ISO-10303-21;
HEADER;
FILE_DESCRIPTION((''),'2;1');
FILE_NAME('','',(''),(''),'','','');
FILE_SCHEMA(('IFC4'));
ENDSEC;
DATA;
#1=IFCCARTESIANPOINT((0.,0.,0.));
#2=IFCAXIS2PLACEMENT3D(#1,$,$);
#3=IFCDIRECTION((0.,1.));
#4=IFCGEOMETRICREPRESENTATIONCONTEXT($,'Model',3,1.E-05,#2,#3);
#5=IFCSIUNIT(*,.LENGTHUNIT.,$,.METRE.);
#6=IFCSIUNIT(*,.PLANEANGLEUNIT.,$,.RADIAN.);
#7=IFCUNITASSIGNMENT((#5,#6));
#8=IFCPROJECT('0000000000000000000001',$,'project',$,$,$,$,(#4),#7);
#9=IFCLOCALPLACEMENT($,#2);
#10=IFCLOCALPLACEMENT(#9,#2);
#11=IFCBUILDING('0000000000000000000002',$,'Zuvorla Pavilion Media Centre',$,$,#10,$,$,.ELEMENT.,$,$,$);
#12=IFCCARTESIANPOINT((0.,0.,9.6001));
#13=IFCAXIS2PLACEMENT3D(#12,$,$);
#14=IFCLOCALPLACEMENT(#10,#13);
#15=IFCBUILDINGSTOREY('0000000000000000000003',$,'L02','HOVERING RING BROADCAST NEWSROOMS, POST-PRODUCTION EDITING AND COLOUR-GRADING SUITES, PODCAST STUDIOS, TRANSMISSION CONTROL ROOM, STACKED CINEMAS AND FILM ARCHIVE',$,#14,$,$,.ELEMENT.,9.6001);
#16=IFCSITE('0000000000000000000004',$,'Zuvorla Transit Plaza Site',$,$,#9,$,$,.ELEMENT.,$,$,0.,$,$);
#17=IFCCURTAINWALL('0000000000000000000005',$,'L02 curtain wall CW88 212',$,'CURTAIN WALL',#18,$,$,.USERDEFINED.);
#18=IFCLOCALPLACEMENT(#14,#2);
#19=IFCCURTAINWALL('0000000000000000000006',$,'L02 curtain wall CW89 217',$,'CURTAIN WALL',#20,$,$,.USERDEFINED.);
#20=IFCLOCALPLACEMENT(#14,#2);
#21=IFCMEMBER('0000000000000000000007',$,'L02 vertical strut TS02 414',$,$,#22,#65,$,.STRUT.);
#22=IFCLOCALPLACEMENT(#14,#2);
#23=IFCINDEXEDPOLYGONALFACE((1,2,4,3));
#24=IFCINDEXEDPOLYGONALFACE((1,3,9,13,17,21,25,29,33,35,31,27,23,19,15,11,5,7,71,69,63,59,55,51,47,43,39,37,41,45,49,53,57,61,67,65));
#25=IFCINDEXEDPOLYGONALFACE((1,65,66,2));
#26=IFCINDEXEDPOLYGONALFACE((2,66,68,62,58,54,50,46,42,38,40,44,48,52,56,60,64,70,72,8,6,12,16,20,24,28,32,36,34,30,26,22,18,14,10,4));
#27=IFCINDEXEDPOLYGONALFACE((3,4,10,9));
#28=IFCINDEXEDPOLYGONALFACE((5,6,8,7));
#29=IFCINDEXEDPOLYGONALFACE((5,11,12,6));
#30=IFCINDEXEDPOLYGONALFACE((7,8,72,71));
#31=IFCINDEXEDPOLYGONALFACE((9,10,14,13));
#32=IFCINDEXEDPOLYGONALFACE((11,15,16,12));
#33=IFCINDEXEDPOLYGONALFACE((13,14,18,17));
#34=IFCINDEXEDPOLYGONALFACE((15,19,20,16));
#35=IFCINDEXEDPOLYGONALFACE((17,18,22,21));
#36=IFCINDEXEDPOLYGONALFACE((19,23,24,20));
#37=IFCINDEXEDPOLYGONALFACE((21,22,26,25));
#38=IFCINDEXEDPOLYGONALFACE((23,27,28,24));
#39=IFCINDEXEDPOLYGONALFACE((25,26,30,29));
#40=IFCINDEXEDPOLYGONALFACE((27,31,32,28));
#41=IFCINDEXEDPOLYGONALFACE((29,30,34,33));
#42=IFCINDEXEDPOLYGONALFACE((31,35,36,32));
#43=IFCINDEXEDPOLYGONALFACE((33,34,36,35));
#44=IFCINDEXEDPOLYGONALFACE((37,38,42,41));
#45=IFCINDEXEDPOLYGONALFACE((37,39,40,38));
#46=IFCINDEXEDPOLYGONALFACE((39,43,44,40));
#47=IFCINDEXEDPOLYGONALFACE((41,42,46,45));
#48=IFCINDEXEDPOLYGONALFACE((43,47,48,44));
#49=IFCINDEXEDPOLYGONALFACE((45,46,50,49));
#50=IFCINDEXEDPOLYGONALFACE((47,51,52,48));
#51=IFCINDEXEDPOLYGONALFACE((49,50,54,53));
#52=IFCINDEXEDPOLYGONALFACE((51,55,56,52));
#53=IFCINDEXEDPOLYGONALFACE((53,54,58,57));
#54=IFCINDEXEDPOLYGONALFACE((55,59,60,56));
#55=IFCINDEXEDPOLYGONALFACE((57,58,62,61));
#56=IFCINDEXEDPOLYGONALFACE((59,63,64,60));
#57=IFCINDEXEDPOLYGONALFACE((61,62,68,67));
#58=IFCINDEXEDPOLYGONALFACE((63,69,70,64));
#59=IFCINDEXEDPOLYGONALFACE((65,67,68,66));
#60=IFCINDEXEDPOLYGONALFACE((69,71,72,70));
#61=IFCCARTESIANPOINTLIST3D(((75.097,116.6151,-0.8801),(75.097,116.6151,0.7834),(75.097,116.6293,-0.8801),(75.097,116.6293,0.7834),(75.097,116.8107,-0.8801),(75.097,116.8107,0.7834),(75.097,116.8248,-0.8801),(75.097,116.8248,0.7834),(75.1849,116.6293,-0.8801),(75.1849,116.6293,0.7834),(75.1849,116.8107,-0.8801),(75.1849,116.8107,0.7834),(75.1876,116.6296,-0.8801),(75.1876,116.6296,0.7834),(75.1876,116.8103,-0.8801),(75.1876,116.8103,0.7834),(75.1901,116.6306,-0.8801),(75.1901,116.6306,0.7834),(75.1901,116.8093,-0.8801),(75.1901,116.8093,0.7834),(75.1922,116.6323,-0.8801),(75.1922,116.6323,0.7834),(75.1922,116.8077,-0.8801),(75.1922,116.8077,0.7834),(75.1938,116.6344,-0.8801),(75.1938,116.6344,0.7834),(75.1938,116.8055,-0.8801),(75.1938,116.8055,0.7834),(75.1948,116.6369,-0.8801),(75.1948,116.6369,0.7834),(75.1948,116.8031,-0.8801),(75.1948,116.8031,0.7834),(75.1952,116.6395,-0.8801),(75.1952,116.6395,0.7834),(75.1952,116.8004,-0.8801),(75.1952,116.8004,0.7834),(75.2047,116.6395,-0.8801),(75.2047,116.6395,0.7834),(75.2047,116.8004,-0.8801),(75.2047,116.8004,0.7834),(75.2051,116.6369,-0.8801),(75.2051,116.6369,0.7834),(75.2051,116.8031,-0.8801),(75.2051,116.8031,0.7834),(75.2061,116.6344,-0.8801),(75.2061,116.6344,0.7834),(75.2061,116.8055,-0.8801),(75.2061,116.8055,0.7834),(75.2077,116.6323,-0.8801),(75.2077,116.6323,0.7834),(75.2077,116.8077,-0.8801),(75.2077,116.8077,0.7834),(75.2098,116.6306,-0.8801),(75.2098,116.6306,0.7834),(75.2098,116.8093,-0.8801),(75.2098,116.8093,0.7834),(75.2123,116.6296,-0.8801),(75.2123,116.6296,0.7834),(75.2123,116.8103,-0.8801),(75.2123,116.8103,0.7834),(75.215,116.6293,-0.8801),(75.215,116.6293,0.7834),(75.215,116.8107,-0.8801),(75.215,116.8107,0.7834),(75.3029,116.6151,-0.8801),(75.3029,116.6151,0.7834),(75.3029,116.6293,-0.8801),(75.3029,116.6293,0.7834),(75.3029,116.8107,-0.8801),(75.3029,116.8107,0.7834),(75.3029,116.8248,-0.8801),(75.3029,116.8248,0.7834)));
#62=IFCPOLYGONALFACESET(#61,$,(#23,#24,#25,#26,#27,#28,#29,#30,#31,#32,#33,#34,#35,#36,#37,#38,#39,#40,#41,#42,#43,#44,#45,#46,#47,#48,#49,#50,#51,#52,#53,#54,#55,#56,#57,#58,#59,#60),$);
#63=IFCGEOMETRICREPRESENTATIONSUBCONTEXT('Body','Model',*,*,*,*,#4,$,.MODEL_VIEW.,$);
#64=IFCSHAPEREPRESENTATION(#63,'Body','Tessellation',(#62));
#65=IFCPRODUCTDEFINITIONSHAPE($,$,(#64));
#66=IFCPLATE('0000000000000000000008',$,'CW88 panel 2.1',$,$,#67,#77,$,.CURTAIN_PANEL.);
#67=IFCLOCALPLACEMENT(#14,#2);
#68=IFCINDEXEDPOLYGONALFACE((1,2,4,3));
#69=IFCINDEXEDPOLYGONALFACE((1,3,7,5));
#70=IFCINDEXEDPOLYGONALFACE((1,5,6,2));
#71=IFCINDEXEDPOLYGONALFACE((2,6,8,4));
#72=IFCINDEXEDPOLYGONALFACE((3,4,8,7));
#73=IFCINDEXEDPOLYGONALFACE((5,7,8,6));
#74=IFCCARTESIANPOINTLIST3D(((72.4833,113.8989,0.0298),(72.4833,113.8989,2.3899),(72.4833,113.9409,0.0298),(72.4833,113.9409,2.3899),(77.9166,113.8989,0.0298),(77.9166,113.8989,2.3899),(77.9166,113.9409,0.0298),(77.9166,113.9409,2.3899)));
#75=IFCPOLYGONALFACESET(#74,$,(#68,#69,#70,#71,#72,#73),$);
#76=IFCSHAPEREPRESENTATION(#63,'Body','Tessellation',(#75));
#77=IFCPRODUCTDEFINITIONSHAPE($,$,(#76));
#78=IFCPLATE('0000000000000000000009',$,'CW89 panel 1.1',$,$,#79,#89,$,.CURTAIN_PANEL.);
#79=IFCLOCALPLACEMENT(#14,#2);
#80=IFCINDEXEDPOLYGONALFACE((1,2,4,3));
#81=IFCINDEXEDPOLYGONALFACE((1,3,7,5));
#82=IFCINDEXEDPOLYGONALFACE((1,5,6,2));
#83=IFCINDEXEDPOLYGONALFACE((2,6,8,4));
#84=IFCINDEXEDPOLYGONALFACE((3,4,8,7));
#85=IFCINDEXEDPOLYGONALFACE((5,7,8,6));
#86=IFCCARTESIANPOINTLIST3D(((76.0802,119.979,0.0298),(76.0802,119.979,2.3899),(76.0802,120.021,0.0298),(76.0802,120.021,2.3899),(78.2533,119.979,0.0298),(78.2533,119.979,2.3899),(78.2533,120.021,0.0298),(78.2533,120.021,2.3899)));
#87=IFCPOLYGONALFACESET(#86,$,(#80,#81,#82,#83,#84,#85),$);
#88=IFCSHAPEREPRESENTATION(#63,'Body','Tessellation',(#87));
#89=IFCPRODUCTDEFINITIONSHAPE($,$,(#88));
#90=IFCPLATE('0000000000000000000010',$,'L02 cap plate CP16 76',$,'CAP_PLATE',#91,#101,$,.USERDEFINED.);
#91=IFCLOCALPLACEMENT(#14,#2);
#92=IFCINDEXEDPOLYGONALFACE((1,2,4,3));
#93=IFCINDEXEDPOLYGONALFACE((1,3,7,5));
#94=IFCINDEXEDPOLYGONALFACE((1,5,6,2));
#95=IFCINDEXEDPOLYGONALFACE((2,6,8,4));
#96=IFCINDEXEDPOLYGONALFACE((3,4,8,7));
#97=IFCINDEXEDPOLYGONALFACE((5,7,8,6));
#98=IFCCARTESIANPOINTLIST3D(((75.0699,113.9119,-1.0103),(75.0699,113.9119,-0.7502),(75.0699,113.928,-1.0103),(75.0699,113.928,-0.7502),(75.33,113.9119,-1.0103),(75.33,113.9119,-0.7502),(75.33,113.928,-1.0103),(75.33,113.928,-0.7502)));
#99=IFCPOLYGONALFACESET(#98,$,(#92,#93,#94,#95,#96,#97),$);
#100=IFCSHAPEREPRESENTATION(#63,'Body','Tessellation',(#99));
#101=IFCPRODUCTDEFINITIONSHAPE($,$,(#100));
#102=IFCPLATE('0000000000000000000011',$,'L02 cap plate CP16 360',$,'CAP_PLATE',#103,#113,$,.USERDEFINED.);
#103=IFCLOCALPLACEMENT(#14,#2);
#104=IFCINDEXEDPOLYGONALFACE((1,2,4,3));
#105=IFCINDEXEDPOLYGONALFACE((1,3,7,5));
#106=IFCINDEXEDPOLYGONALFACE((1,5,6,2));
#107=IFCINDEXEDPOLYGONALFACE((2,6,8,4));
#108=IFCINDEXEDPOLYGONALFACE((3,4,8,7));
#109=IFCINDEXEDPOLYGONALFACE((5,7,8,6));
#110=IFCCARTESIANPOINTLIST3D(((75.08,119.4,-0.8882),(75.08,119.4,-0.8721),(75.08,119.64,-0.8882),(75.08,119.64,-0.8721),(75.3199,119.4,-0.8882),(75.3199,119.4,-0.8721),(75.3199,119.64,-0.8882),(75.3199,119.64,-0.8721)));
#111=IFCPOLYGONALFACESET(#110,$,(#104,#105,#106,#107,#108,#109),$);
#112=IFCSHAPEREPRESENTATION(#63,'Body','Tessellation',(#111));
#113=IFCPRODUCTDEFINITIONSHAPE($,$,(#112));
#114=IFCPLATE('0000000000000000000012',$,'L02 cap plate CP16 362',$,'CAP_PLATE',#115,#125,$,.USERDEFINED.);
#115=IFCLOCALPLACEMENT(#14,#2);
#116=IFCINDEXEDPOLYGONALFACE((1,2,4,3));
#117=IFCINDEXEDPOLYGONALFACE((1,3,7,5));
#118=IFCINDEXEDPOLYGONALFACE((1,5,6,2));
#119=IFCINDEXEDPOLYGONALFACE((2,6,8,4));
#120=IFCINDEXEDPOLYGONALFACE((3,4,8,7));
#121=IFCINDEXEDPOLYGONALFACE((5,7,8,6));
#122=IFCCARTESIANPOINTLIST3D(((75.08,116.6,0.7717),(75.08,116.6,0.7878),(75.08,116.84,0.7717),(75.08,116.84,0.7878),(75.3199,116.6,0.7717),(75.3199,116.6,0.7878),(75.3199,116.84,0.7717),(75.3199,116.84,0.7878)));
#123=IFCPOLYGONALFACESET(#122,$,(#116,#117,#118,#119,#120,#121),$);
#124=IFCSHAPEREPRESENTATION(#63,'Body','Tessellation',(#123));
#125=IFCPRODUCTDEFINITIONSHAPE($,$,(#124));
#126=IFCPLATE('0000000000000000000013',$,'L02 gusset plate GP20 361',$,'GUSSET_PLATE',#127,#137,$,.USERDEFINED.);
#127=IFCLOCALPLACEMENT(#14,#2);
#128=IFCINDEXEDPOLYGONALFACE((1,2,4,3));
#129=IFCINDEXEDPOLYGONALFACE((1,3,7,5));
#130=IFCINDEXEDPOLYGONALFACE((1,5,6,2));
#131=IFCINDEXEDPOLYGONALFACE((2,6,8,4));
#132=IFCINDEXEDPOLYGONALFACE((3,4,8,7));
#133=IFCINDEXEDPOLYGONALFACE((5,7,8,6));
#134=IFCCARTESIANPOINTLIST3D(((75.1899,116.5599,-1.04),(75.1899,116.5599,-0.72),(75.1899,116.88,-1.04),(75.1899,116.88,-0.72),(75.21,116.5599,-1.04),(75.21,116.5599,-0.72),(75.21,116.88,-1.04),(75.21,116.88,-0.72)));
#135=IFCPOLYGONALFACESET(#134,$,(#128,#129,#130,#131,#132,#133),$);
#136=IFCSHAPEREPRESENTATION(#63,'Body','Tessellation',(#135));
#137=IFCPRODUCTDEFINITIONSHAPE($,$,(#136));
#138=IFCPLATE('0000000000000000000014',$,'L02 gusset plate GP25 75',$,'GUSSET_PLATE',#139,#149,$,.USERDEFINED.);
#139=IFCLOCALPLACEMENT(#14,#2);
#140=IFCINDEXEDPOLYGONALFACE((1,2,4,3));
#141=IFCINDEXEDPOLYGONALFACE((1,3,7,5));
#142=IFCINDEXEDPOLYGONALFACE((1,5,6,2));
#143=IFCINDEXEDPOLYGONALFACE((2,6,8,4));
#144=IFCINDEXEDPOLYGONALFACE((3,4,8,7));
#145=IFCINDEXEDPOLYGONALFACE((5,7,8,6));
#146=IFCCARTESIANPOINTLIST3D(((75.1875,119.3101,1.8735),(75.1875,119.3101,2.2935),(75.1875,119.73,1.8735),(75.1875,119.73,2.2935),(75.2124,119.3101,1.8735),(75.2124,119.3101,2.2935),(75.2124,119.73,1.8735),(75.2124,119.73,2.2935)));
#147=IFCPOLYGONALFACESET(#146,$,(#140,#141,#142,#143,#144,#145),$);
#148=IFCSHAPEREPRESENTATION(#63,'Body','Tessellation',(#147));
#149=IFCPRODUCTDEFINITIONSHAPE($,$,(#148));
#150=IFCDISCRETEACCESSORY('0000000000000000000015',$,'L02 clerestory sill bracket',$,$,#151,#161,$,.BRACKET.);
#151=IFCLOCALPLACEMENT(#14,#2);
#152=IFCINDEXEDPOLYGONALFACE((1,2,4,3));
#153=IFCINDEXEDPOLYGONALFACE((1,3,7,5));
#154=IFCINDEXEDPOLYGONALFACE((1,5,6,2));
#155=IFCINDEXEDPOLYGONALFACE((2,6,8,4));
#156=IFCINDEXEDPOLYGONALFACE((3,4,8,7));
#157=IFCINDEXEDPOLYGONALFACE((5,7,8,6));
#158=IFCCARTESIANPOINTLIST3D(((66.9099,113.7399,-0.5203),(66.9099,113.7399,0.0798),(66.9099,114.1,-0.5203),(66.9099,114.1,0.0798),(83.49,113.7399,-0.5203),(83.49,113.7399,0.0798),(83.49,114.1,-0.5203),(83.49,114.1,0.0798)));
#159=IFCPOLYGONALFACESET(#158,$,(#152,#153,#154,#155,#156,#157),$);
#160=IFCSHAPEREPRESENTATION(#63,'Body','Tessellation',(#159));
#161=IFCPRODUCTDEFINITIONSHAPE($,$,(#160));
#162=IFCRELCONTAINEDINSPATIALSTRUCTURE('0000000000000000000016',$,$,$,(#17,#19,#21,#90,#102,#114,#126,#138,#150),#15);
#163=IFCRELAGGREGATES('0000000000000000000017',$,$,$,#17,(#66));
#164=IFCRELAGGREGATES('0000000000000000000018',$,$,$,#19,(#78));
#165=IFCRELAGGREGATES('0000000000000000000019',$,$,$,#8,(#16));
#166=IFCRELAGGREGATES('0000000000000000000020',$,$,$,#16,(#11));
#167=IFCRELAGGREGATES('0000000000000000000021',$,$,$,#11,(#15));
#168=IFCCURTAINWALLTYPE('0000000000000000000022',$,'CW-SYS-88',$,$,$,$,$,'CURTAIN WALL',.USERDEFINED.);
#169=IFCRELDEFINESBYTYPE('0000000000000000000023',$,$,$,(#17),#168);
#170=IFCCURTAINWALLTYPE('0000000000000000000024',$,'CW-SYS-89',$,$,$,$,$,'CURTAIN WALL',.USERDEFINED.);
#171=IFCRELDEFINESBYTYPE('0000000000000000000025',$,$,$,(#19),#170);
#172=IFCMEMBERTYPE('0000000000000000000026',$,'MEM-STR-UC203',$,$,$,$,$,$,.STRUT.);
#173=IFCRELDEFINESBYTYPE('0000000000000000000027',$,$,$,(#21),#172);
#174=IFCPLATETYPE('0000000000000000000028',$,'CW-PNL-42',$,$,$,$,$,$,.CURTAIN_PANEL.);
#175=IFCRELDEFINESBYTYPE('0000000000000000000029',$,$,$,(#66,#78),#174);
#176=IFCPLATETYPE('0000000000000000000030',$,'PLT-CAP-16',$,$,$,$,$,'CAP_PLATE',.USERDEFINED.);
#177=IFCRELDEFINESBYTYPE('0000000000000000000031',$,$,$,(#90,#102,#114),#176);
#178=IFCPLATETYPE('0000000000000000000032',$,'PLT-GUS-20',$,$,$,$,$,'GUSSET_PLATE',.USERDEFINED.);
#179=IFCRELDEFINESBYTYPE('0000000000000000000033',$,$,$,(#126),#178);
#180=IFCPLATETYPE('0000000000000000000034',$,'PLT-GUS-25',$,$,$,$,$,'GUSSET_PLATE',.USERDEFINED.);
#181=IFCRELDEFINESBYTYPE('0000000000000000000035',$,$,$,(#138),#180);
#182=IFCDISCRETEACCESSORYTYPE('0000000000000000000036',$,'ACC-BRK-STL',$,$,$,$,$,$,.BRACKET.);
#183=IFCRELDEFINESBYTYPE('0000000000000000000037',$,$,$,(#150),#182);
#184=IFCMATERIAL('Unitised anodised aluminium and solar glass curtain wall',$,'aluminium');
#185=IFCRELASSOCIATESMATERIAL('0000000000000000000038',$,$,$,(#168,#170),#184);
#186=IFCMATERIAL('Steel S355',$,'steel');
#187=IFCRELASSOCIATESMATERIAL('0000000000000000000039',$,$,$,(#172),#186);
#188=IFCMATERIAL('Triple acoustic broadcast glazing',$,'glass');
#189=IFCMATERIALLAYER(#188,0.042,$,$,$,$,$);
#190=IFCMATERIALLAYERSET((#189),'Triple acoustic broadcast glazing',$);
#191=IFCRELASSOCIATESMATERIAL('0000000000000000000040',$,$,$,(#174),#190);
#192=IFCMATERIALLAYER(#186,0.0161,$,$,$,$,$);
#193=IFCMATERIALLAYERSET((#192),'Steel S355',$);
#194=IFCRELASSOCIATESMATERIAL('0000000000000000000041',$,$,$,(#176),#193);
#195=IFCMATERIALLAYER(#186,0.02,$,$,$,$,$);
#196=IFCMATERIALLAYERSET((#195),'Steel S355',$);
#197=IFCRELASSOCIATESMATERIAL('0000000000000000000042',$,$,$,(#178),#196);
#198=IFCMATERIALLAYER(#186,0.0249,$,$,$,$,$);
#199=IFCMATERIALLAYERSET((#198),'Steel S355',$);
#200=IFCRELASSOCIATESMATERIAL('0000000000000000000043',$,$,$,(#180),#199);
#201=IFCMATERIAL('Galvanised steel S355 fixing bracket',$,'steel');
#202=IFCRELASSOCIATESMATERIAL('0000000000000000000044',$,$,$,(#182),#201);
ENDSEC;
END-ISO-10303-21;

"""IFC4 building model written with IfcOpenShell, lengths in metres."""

from ifc_helpers import new_model, si_unit, direction, frame, origin, origin_2d, place, context, subcontext, project, spatial, rectangle, i_section, extrude, material, layer, layer_set, material_profile, profile_set, type_object, element, aggregate, save


model = new_model("IFC4")

# Units and contexts
model_context = context("Model", 3, precision=1e-05, world=origin(), true_north=direction((0.0, 1.0)))
body_context = subcontext(model_context, "Body", "Model", "MODEL_VIEW")
ifc_project = project(units=[si_unit("LENGTHUNIT", "METRE"), si_unit("PLANEANGLEUNIT", "RADIAN")], contexts=[model_context])

# Site, building, storey
site_placement = place(None, origin())
site = spatial("IfcSite", under=ifc_project, at=site_placement, Name="Zuvorla Transit Plaza Site", CompositionType="ELEMENT", RefElevation=0.0)
building_placement = place(site_placement, origin())
building = spatial("IfcBuilding", under=site, at=building_placement, Name="Zuvorla Pavilion Media Centre", CompositionType="ELEMENT")
storey_placement = place(building_placement, frame((0.0, 0.0, 9.6001)))
storey = spatial("IfcBuildingStorey", under=building, at=storey_placement, Name="L02", Description="HOVERING RING BROADCAST NEWSROOMS, POST-PRODUCTION EDITING AND COLOUR-GRADING SUITES, PODCAST STUDIOS, TRANSMISSION CONTROL ROOM, STACKED CINEMAS AND FILM ARCHIVE", CompositionType="ELEMENT", Elevation=9.6001)

# Shared definitions
ifc_material_1 = material(Name="Steel S355", Category="steel")

# Curtain walls
ifc_material_2 = material(Name="Unitised anodised aluminium and solar glass curtain wall", Category="aluminium")
curtain_wall_type_1 = type_object("IfcCurtainWallType", Name="CW-SYS-88", ElementType="CURTAIN WALL", PredefinedType="USERDEFINED", material=ifc_material_2)
curtain_wall_1_placement = place(storey_placement, origin())
curtain_wall_1 = element("IfcCurtainWall", 1, at=curtain_wall_1_placement, inside=storey, type_object=curtain_wall_type_1, Name="L02 curtain wall CW88 212", ObjectType="CURTAIN WALL", PredefinedType="USERDEFINED")
curtain_wall_type_2 = type_object("IfcCurtainWallType", Name="CW-SYS-89", ElementType="CURTAIN WALL", PredefinedType="USERDEFINED", material=ifc_material_2)
curtain_wall_2_placement = place(storey_placement, origin())
curtain_wall_2 = element("IfcCurtainWall", 2, at=curtain_wall_2_placement, inside=storey, type_object=curtain_wall_type_2, Name="L02 curtain wall CW89 217", ObjectType="CURTAIN WALL", PredefinedType="USERDEFINED")

# Member
ifc_material_profile_1 = material_profile(ifc_material_1, i_section(OverallWidth=0.2058, OverallDepth=0.2097, WebThickness=0.0095, FlangeThickness=0.0142, FilletRadius=0.0103, at=origin_2d()), Name="UC 203x203x60")
ifc_profile_set_1 = profile_set([ifc_material_profile_1], Name="Steel S355")
member_type_1 = type_object("IfcMemberType", Name="MEM-STR-UC203", PredefinedType="STRUT", material=ifc_profile_set_1)
member_1_placement = place(storey_placement, frame((75.2, 116.72, -0.8801), z_axis=(0.0, 0.0, 1.0), x_axis=(1.0, 0.0, 0.0)))
element("IfcMember", 3, at=member_1_placement, inside=storey, type_object=member_type_1, Name="L02 vertical strut TS02 414", PredefinedType="STRUT", context=body_context, shape_type="SweptSolid", body=[
    extrude(i_section(OverallWidth=0.2058, OverallDepth=0.2097, WebThickness=0.0095, FlangeThickness=0.0142, FilletRadius=0.0103, at=origin_2d()), origin(), (0.0, 0.0, 1.0), 1.6636),
])

# Plates
ifc_material_3 = material(Name="Triple acoustic broadcast glazing", Category="glass")
ifc_layer_1 = layer(ifc_material_3, 0.042)
ifc_layer_set_1 = layer_set([ifc_layer_1], Name="Triple acoustic broadcast glazing")
plate_type_1 = type_object("IfcPlateType", Name="CW-PNL-42", PredefinedType="CURTAIN_PANEL", material=ifc_layer_set_1)
plate_1_placement = place(storey_placement, frame((75.2, 113.9199, 0.0298), z_axis=(0.0, 0.0, 1.0), x_axis=(1.0, 0.0, 0.0)))
plate_1 = element("IfcPlate", 4, at=plate_1_placement, type_object=plate_type_1, Name="CW88 panel 2.1", PredefinedType="CURTAIN_PANEL", context=body_context, shape_type="SweptSolid", body=[
    extrude(rectangle(XDim=5.4333, YDim=0.042, at=origin_2d()), origin(), (0.0, 0.0, 1.0), 2.3601),
])
aggregate(curtain_wall_1, [plate_1])
plate_2_placement = place(storey_placement, frame((77.1667, 120.0, 0.0298), z_axis=(0.0, 0.0, 1.0), x_axis=(1.0, 0.0, 0.0)))
plate_2 = element("IfcPlate", 5, at=plate_2_placement, type_object=plate_type_1, Name="CW89 panel 1.1", PredefinedType="CURTAIN_PANEL", context=body_context, shape_type="SweptSolid", body=[
    extrude(rectangle(XDim=2.1731, YDim=0.042, at=origin_2d()), origin(), (0.0, 0.0, 1.0), 2.3601),
])
aggregate(curtain_wall_2, [plate_2])

# Plates
ifc_layer_2 = layer(ifc_material_1, 0.0161)
ifc_layer_set_2 = layer_set([ifc_layer_2], Name="Steel S355")
plate_type_2 = type_object("IfcPlateType", Name="PLT-CAP-16", ElementType="CAP_PLATE", PredefinedType="USERDEFINED", material=ifc_layer_set_2)
plate_3_placement = place(storey_placement, frame((75.2, 113.9199, -1.0103), z_axis=(0.0, 0.0, 1.0), x_axis=(1.0, 0.0, 0.0)))
element("IfcPlate", 6, at=plate_3_placement, inside=storey, type_object=plate_type_2, Name="L02 cap plate CP16 76", ObjectType="CAP_PLATE", PredefinedType="USERDEFINED", context=body_context, shape_type="SweptSolid", body=[
    extrude(rectangle(XDim=0.26, YDim=0.0161, at=origin_2d()), origin(), (0.0, 0.0, 1.0), 0.26),
])
for number, where, z_axis, x_axis, name in (
    (7, (75.2, 119.52, -0.8882), (0.0, 0.0, 1.0), (1.0, 0.0, 0.0), "L02 cap plate CP16 360"),
    (8, (75.2, 116.72, 0.7717), (0.0, 0.0, 1.0), (1.0, 0.0, 0.0), "L02 cap plate CP16 362"),
):
    element("IfcPlate", number, at=place(storey_placement, frame(where, z_axis=z_axis, x_axis=x_axis)), inside=storey, type_object=plate_type_2, Name=name, ObjectType="CAP_PLATE", PredefinedType="USERDEFINED", context=body_context, shape_type="SweptSolid", body=[
        extrude(rectangle(XDim=0.24, YDim=0.24, at=origin_2d()), origin(), (0.0, 0.0, 1.0), 0.0161),
    ])
ifc_layer_3 = layer(ifc_material_1, 0.02)
ifc_layer_set_3 = layer_set([ifc_layer_3], Name="Steel S355")
plate_type_3 = type_object("IfcPlateType", Name="PLT-GUS-20", ElementType="GUSSET_PLATE", PredefinedType="USERDEFINED", material=ifc_layer_set_3)
plate_4_placement = place(storey_placement, frame((75.2, 116.72, -1.04), z_axis=(0.0, 0.0, 1.0), x_axis=(1.0, 0.0, 0.0)))
element("IfcPlate", 9, at=plate_4_placement, inside=storey, type_object=plate_type_3, Name="L02 gusset plate GP20 361", ObjectType="GUSSET_PLATE", PredefinedType="USERDEFINED", context=body_context, shape_type="SweptSolid", body=[
    extrude(rectangle(XDim=0.02, YDim=0.3201, at=origin_2d()), origin(), (0.0, 0.0, 1.0), 0.3201),
])
ifc_layer_4 = layer(ifc_material_1, 0.0249)
ifc_layer_set_4 = layer_set([ifc_layer_4], Name="Steel S355")
plate_type_4 = type_object("IfcPlateType", Name="PLT-GUS-25", ElementType="GUSSET_PLATE", PredefinedType="USERDEFINED", material=ifc_layer_set_4)
plate_5_placement = place(storey_placement, frame((75.2, 119.52, 1.8735), z_axis=(0.0, 0.0, 1.0), x_axis=(1.0, 0.0, 0.0)))
element("IfcPlate", 10, at=plate_5_placement, inside=storey, type_object=plate_type_4, Name="L02 gusset plate GP25 75", ObjectType="GUSSET_PLATE", PredefinedType="USERDEFINED", context=body_context, shape_type="SweptSolid", body=[
    extrude(rectangle(XDim=0.0249, YDim=0.4199, at=origin_2d()), origin(), (0.0, 0.0, 1.0), 0.4199),
])

# Discrete accessory
ifc_material_4 = material(Name="Galvanised steel S355 fixing bracket", Category="steel")
discrete_accessory_type = type_object("IfcDiscreteAccessoryType", Name="ACC-BRK-STL", PredefinedType="BRACKET", material=ifc_material_4)
discrete_accessory_placement = place(storey_placement, frame((75.2, 113.9199, -0.5203), z_axis=(0.0, 0.0, 1.0), x_axis=(1.0, 0.0, 0.0)))
element("IfcDiscreteAccessory", 11, at=discrete_accessory_placement, inside=storey, type_object=discrete_accessory_type, Name="L02 clerestory sill bracket", PredefinedType="BRACKET", context=body_context, shape_type="SweptSolid", body=[
    extrude(rectangle(XDim=16.5801, YDim=0.3601, at=origin_2d()), origin(), (0.0, 0.0, 1.0), 0.6001),
])

save(model, "model.ifc")
